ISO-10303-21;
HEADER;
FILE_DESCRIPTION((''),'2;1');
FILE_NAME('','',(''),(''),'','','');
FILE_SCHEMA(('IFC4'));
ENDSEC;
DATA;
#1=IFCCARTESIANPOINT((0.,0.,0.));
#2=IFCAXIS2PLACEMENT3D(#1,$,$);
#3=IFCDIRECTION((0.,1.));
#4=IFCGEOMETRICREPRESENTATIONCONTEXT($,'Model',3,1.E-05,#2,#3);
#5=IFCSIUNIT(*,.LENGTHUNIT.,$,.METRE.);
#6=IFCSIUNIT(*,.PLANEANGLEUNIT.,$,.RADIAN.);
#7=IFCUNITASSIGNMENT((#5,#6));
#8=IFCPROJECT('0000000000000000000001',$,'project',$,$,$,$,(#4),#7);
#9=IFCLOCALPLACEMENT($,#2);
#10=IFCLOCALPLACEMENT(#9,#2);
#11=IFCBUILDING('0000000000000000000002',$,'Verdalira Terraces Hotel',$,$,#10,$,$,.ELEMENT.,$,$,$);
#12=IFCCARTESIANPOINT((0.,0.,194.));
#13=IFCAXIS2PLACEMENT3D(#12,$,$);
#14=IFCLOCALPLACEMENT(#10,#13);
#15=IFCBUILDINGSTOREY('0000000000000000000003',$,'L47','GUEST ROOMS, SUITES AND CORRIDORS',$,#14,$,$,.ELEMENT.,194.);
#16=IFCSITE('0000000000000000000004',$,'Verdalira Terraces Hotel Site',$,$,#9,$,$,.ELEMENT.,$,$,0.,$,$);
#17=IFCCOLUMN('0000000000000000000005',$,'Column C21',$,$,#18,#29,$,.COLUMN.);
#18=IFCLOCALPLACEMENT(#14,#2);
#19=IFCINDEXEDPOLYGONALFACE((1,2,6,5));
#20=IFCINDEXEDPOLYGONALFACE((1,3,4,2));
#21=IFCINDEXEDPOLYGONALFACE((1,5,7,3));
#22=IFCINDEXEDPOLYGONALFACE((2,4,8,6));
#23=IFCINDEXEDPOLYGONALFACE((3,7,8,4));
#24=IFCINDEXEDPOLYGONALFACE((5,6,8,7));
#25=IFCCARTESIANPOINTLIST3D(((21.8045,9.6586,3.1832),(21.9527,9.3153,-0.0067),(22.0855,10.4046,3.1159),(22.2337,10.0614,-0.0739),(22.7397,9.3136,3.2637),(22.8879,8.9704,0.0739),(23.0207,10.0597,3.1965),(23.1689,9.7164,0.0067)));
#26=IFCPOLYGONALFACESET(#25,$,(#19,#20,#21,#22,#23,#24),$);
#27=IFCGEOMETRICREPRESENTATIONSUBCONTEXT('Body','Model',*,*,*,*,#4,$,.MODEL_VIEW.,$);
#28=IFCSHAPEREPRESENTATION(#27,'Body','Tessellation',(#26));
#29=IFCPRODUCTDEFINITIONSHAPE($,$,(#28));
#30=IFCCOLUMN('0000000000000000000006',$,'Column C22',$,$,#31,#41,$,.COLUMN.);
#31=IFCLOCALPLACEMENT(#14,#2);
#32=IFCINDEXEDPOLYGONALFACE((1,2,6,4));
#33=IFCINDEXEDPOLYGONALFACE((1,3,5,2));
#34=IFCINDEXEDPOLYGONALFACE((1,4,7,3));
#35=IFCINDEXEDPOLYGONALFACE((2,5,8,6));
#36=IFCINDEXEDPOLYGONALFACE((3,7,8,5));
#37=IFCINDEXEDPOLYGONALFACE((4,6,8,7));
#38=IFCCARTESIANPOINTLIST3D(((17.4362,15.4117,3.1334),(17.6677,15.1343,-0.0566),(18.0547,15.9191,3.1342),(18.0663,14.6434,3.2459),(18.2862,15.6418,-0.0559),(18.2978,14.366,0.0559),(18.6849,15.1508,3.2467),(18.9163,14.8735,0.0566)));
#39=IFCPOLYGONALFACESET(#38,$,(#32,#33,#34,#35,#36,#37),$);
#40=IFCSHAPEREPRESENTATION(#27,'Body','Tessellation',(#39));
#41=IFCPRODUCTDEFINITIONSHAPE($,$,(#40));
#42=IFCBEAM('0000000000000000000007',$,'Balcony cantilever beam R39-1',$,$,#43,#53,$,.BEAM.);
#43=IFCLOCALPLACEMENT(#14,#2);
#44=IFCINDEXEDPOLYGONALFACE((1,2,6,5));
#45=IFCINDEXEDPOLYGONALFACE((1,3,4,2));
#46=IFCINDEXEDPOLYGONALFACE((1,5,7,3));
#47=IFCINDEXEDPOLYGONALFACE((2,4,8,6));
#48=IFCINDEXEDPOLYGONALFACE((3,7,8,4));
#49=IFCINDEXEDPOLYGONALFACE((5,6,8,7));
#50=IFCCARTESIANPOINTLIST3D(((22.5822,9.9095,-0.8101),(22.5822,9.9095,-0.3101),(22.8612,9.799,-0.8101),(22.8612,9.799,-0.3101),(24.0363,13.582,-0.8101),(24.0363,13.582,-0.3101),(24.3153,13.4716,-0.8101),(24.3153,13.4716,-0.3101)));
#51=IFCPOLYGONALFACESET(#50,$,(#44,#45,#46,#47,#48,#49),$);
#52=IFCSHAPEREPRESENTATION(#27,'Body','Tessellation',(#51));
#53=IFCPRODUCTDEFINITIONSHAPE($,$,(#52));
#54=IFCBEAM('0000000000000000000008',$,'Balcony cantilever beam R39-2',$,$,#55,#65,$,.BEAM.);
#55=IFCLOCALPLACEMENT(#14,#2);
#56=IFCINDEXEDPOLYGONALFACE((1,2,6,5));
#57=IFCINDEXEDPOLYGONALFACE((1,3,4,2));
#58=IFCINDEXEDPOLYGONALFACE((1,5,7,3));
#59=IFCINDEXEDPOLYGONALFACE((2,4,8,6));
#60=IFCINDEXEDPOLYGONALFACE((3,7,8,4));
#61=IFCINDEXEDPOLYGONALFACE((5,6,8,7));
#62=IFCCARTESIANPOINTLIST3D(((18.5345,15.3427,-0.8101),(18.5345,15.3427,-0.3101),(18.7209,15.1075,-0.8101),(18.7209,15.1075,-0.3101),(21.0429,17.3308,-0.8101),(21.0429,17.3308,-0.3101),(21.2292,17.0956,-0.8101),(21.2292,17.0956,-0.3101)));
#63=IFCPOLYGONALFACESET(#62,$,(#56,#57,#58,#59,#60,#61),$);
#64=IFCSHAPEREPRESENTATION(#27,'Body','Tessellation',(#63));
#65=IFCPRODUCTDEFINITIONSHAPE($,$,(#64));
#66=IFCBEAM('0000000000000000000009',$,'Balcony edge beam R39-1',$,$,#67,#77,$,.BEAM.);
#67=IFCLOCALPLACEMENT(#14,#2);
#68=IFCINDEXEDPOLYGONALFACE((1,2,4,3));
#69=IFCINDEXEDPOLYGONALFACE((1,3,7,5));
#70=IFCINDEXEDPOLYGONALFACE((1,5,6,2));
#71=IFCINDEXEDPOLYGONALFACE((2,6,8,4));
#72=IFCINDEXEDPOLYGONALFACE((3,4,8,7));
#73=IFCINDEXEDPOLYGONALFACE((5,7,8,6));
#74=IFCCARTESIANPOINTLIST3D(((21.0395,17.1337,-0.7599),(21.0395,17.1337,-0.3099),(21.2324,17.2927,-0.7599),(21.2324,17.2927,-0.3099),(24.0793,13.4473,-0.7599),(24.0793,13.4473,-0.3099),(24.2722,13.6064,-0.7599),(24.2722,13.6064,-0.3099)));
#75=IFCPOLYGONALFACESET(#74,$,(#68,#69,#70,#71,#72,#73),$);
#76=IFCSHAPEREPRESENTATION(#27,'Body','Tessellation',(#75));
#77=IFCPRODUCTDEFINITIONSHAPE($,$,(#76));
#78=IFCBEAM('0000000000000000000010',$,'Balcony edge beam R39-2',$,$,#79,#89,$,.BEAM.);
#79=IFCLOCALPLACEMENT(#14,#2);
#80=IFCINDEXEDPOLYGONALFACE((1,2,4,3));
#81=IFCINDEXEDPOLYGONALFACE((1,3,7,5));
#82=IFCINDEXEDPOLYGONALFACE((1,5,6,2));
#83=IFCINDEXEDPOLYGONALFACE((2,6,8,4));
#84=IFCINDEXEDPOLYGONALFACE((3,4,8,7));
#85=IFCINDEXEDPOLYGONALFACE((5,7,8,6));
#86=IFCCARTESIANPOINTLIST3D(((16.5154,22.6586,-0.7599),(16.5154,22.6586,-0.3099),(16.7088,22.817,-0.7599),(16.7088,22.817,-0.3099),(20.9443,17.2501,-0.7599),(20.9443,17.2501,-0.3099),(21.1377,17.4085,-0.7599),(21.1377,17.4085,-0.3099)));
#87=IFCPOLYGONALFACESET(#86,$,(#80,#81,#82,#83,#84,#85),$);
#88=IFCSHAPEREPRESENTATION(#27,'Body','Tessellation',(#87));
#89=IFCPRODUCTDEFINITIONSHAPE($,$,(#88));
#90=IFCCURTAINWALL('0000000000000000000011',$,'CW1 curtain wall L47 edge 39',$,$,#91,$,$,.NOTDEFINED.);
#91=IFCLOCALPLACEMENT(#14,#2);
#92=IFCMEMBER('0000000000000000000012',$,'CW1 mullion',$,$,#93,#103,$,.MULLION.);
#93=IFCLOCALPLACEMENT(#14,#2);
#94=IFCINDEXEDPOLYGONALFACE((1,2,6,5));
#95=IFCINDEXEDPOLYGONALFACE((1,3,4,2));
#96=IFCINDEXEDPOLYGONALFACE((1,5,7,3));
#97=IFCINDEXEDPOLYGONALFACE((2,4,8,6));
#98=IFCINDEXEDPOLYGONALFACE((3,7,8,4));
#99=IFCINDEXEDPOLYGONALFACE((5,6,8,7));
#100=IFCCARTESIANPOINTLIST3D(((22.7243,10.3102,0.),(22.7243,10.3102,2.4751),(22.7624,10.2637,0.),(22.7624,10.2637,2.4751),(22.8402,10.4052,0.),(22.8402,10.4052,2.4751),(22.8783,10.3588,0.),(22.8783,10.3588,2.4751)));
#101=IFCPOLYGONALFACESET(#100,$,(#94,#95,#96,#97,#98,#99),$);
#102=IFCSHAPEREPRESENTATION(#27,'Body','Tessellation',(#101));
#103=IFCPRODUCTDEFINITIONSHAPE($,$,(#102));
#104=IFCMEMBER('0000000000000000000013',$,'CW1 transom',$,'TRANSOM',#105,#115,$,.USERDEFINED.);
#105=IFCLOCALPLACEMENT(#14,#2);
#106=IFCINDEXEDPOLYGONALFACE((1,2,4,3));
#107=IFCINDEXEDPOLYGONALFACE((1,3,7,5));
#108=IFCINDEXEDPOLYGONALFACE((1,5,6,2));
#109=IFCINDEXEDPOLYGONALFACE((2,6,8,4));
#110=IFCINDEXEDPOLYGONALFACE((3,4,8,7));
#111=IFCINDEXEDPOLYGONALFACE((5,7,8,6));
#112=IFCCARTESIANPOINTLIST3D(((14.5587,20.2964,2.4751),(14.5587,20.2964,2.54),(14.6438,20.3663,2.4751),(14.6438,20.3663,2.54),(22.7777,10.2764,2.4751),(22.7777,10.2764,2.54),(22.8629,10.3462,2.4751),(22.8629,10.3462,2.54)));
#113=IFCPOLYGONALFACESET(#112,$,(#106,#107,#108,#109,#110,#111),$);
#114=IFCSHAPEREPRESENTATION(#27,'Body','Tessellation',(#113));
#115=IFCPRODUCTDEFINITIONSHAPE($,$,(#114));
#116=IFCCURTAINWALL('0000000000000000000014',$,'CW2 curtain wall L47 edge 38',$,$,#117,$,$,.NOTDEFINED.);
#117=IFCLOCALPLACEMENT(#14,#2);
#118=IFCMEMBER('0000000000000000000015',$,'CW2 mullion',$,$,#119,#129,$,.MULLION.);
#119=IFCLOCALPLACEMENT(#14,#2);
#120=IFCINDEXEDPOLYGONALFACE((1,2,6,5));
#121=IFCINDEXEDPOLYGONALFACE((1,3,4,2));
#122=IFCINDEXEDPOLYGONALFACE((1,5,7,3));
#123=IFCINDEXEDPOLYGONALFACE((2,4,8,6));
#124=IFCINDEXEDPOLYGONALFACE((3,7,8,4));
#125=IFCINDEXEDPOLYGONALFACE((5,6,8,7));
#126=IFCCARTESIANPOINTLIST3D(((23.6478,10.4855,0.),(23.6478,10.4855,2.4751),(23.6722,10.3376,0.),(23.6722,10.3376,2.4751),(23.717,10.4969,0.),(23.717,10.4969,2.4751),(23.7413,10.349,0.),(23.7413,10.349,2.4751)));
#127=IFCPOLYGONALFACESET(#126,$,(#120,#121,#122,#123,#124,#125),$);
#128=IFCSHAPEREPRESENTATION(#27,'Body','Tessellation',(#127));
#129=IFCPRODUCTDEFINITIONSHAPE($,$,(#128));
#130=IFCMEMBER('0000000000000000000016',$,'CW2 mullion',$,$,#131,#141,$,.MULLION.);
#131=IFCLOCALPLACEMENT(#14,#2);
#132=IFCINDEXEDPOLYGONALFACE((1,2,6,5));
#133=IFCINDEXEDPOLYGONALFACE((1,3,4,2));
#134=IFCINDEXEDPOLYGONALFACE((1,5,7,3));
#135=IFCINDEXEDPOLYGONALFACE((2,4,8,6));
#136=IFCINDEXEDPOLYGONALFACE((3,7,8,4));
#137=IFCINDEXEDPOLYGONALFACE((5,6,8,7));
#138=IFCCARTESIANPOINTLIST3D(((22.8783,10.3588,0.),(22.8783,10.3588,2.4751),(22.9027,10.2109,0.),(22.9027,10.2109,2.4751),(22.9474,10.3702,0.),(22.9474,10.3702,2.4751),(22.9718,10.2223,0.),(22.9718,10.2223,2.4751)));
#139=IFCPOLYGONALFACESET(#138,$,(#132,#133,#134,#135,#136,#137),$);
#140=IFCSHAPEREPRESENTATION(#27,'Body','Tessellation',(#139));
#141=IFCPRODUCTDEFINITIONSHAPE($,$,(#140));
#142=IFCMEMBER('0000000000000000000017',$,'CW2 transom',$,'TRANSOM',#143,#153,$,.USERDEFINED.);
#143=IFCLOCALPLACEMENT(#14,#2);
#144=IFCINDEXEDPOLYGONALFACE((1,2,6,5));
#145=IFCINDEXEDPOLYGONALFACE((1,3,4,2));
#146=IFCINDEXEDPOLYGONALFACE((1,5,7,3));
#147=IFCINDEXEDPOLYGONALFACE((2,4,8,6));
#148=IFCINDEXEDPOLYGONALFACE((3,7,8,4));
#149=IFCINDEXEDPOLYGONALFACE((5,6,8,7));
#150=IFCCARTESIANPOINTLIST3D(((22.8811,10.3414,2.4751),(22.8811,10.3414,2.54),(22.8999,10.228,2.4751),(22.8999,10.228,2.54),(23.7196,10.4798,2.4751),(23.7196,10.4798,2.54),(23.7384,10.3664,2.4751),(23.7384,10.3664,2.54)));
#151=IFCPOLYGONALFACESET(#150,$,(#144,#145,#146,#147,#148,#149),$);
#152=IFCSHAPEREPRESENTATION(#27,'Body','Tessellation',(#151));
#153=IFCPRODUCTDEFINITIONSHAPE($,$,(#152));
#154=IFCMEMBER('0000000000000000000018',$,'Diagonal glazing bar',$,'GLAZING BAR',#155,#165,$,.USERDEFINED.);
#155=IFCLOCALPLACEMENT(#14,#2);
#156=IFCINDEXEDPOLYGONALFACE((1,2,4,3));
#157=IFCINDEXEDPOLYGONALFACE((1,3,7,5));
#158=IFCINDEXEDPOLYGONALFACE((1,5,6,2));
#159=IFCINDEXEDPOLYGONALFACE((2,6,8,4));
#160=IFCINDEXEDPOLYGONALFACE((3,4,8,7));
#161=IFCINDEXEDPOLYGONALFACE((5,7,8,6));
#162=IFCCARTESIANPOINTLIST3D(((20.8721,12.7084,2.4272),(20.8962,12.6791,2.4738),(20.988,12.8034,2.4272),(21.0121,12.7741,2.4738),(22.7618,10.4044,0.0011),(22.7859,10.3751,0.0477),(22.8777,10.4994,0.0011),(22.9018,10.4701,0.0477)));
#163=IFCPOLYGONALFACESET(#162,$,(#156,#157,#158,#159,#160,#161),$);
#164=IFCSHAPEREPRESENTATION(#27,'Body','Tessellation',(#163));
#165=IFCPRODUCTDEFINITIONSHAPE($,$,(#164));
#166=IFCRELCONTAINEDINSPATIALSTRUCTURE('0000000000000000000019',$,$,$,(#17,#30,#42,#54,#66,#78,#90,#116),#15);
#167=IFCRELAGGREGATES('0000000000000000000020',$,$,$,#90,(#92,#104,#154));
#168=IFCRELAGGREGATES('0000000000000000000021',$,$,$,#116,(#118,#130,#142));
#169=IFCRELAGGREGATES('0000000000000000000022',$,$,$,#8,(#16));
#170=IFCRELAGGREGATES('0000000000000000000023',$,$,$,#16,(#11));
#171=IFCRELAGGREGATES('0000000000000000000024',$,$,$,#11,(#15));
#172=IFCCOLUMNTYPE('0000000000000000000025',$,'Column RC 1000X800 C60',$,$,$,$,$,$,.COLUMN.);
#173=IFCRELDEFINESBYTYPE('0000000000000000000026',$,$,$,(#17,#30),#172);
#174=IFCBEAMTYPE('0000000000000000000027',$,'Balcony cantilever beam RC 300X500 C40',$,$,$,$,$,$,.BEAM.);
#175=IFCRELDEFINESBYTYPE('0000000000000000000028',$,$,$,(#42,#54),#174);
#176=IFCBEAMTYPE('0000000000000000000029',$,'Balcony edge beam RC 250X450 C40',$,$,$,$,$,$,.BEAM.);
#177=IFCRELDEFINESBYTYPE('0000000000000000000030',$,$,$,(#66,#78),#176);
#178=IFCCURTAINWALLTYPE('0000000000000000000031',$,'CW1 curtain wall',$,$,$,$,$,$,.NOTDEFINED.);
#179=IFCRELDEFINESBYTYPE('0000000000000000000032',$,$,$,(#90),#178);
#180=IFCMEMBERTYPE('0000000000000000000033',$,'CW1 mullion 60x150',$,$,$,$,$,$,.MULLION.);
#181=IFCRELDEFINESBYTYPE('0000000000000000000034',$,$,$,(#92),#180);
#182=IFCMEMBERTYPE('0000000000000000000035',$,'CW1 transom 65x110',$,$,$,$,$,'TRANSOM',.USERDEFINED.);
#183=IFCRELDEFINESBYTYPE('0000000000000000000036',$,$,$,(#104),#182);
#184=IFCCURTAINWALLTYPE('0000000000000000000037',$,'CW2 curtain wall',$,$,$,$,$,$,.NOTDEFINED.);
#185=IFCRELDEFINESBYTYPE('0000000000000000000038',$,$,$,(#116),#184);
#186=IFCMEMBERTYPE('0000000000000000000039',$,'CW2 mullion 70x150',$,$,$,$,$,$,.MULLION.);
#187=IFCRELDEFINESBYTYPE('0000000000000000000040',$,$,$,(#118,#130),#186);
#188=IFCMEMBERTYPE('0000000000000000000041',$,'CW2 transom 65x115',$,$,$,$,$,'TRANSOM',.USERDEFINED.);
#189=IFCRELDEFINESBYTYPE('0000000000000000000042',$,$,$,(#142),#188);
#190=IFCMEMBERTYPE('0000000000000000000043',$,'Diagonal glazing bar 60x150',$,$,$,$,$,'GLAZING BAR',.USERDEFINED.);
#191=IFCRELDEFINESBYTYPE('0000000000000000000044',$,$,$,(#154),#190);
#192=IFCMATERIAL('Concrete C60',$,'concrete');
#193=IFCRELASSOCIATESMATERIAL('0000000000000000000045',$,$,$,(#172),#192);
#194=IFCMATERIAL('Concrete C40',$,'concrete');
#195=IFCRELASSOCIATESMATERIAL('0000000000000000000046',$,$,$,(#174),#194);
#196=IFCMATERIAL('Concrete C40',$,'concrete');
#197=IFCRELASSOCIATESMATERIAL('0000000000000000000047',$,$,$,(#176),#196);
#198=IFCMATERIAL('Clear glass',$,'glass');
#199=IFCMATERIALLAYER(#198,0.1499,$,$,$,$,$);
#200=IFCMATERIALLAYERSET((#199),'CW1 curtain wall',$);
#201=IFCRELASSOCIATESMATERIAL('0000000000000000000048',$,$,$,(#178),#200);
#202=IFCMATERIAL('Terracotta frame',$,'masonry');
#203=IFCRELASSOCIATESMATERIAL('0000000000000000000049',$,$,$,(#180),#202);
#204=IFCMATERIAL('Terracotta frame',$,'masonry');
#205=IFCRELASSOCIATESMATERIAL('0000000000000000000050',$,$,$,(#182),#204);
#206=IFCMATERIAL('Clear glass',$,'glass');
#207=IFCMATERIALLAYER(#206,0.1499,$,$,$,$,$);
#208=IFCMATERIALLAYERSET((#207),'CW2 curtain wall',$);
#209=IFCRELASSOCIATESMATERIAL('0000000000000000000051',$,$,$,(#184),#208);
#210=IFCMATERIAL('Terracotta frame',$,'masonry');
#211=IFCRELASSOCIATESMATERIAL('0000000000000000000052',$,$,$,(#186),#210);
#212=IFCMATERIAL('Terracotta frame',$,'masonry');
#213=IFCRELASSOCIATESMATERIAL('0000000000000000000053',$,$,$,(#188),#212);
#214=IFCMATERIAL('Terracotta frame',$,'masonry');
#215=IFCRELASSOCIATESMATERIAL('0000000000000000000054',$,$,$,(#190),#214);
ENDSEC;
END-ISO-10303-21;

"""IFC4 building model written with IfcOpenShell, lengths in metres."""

from ifc_helpers import new_model, si_unit, direction, frame, origin, origin_2d, place, context, subcontext, project, spatial, rectangle, extrude, material, layer, layer_set, material_profile, profile_set, type_object, element, aggregate, save


model = new_model("IFC4")

# Units and contexts
model_context = context("Model", 3, precision=1e-05, world=origin(), true_north=direction((0.0, 1.0)))
body_context = subcontext(model_context, "Body", "Model", "MODEL_VIEW")
ifc_project = project(units=[si_unit("LENGTHUNIT", "METRE"), si_unit("PLANEANGLEUNIT", "RADIAN")], contexts=[model_context])

# Site, building, storey
site_placement = place(None, origin())
site = spatial("IfcSite", under=ifc_project, at=site_placement, Name="Verdalira Terraces Hotel Site", CompositionType="ELEMENT", RefElevation=0.0)
building_placement = place(site_placement, origin())
building = spatial("IfcBuilding", under=site, at=building_placement, Name="Verdalira Terraces Hotel", CompositionType="ELEMENT")
storey_placement = place(building_placement, frame((0.0, 0.0, 194.0)))
storey = spatial("IfcBuildingStorey", under=building, at=storey_placement, Name="L47", Description="GUEST ROOMS, SUITES AND CORRIDORS", CompositionType="ELEMENT", Elevation=194.0)

# Columns
ifc_material_1 = material(Name="Concrete C60", Category="concrete")
ifc_material_profile_1 = material_profile(ifc_material_1, rectangle(XDim=1.0, YDim=0.8, at=origin_2d()), Name="RC 1000X800")
ifc_profile_set_1 = profile_set([ifc_material_profile_1], Name="Concrete C60")
column_type = type_object("IfcColumnType", Name="Column RC 1000X800 C60", PredefinedType="COLUMN", material=ifc_profile_set_1)
column_1_placement = place(storey_placement, frame((22.5608, 9.5159, 0.0), z_axis=(-0.046141, 0.106876, 0.993201), x_axis=(0.935153, -0.344962, 0.080564)))
element("IfcColumn", 1, at=column_1_placement, inside=storey, type_object=column_type, Name="Column C21", PredefinedType="COLUMN", context=body_context, shape_type="SweptSolid", body=[
    extrude(rectangle(XDim=1.0, YDim=0.8, at=origin_2d()), origin(), (0.0, 0.0, 1.0), 3.2117),
])
column_2_placement = place(storey_placement, frame((18.292, 15.0039, 0.0), z_axis=(-0.072094, 0.086391, 0.993649), x_axis=(-0.630151, 0.768277, -0.112517)))
element("IfcColumn", 2, at=column_2_placement, inside=storey, type_object=column_type, Name="Column C22", PredefinedType="COLUMN", context=body_context, shape_type="SweptSolid", body=[
    extrude(rectangle(XDim=1.0, YDim=0.8, at=origin_2d()), origin(), (0.0, 0.0, 1.0), 3.2104),
])

# Beams
ifc_material_2 = material(Name="Concrete C40", Category="concrete")
ifc_material_profile_2 = material_profile(ifc_material_2, rectangle(XDim=0.3, YDim=0.5, at=origin_2d()), Name="RC 300X500")
ifc_profile_set_2 = profile_set([ifc_material_profile_2], Name="Concrete C40")
beam_type_1 = type_object("IfcBeamType", Name="Balcony cantilever beam RC 300X500 C40", PredefinedType="BEAM", material=ifc_profile_set_2)
beam_1_placement = place(storey_placement, frame((22.7217, 9.8542, -0.5601), z_axis=(0.368127, 0.929775, 0.0), x_axis=(-0.929775, 0.368127, 0.0)))
element("IfcBeam", 3, at=beam_1_placement, inside=storey, type_object=beam_type_1, Name="Balcony cantilever beam R39-1", PredefinedType="BEAM", context=body_context, shape_type="SweptSolid", body=[
    extrude(rectangle(XDim=0.3, YDim=0.5, at=origin_2d()), origin(), (0.0, 0.0, 1.0), 3.95),
])
beam_2_placement = place(storey_placement, frame((18.6277, 15.2251, -0.5601), z_axis=(0.783696, 0.621144, 0.0), x_axis=(-0.621144, 0.783696, 0.0)))
element("IfcBeam", 4, at=beam_2_placement, inside=storey, type_object=beam_type_1, Name="Balcony cantilever beam R39-2", PredefinedType="BEAM", context=body_context, shape_type="SweptSolid", body=[
    extrude(rectangle(XDim=0.3, YDim=0.5, at=origin_2d()), origin(), (0.0, 0.0, 1.0), 3.2007),
])
ifc_material_3 = material(Name="Concrete C40", Category="concrete")
ifc_material_profile_3 = material_profile(ifc_material_3, rectangle(XDim=0.25, YDim=0.45, at=origin_2d()), Name="RC 250X450")
ifc_profile_set_3 = profile_set([ifc_material_profile_3], Name="Concrete C40")
beam_type_2 = type_object("IfcBeamType", Name="Balcony edge beam RC 250X450 C40", PredefinedType="BEAM", material=ifc_profile_set_3)
beam_3_placement = place(storey_placement, frame((24.1758, 13.5269, -0.5349), z_axis=(-0.63621, 0.771516, 0.0), x_axis=(-0.771516, -0.63621, 0.0)))
element("IfcBeam", 5, at=beam_3_placement, inside=storey, type_object=beam_type_2, Name="Balcony edge beam R39-1", PredefinedType="BEAM", context=body_context, shape_type="SweptSolid", body=[
    extrude(rectangle(XDim=0.25, YDim=0.45, at=origin_2d()), origin(), (0.0, 0.0, 1.0), 4.7781),
])
beam_4_placement = place(storey_placement, frame((21.041, 17.3293, -0.5349), z_axis=(-0.633569, 0.773686, 0.0), x_axis=(-0.773686, -0.633569, 0.0)))
element("IfcBeam", 6, at=beam_4_placement, inside=storey, type_object=beam_type_2, Name="Balcony edge beam R39-2", PredefinedType="BEAM", context=body_context, shape_type="SweptSolid", body=[
    extrude(rectangle(XDim=0.25, YDim=0.45, at=origin_2d()), origin(), (0.0, 0.0, 1.0), 6.9905),
])

# Curtain walls, members
ifc_material_4 = material(Name="Clear glass", Category="glass")
ifc_layer_1 = layer(ifc_material_4, 0.1499)
ifc_layer_set_1 = layer_set([ifc_layer_1], Name="CW1 curtain wall")
curtain_wall_type_1 = type_object("IfcCurtainWallType", Name="CW1 curtain wall", PredefinedType="NOTDEFINED", material=ifc_layer_set_1)
curtain_wall_1_placement = place(storey_placement, origin())
curtain_wall_1 = element("IfcCurtainWall", 7, at=curtain_wall_1_placement, inside=storey, type_object=curtain_wall_type_1, Name="CW1 curtain wall L47 edge 39", PredefinedType="NOTDEFINED")
ifc_material_5 = material(Name="Terracotta frame", Category="masonry")
ifc_material_profile_4 = material_profile(ifc_material_5, rectangle(XDim=0.0601, YDim=0.1499, at=origin_2d()), Name="MU 60x150")
ifc_profile_set_4 = profile_set([ifc_material_profile_4], Name="Terracotta frame")
member_type_1 = type_object("IfcMemberType", Name="CW1 mullion 60x150", PredefinedType="MULLION", material=ifc_profile_set_4)
member_1_placement = place(storey_placement, frame((22.8013, 10.3345, 0.0), z_axis=(0.0, 0.0, 1.0), x_axis=(-0.634191, 0.773177, 0.0)))
member_1 = element("IfcMember", 8, at=member_1_placement, type_object=member_type_1, Name="CW1 mullion", PredefinedType="MULLION", context=body_context, shape_type="SweptSolid", body=[
    extrude(rectangle(XDim=0.0601, YDim=0.1499, at=origin_2d()), origin(), (0.0, 0.0, 1.0), 2.4751),
])
ifc_material_6 = material(Name="Terracotta frame", Category="masonry")
ifc_material_profile_5 = material_profile(ifc_material_6, rectangle(XDim=0.1101, YDim=0.0649, at=origin_2d()), Name="TR 65x110")
ifc_profile_set_5 = profile_set([ifc_material_profile_5], Name="Terracotta frame")
member_type_2 = type_object("IfcMemberType", Name="CW1 transom 65x110", ElementType="TRANSOM", PredefinedType="USERDEFINED", material=ifc_profile_set_5)
member_2_placement = place(storey_placement, frame((22.8203, 10.3113, 2.5076), z_axis=(-0.634199, 0.77317, 0.0), x_axis=(-0.77317, -0.634199, 0.0)))
member_2 = element("IfcMember", 9, at=member_2_placement, type_object=member_type_2, Name="CW1 transom", ObjectType="TRANSOM", PredefinedType="USERDEFINED", context=body_context, shape_type="SweptSolid", body=[
    extrude(rectangle(XDim=0.1101, YDim=0.0649, at=origin_2d()), origin(), (0.0, 0.0, 1.0), 12.9597),
])
ifc_material_7 = material(Name="Clear glass", Category="glass")
ifc_layer_2 = layer(ifc_material_7, 0.1499)
ifc_layer_set_2 = layer_set([ifc_layer_2], Name="CW2 curtain wall")
curtain_wall_type_2 = type_object("IfcCurtainWallType", Name="CW2 curtain wall", PredefinedType="NOTDEFINED", material=ifc_layer_set_2)
curtain_wall_2_placement = place(storey_placement, origin())
curtain_wall_2 = element("IfcCurtainWall", 10, at=curtain_wall_2_placement, inside=storey, type_object=curtain_wall_type_2, Name="CW2 curtain wall L47 edge 38", PredefinedType="NOTDEFINED")
ifc_material_8 = material(Name="Terracotta frame", Category="masonry")
ifc_material_profile_6 = material_profile(ifc_material_8, rectangle(XDim=0.0701, YDim=0.1499, at=origin_2d()), Name="MU 70x150")
ifc_profile_set_6 = profile_set([ifc_material_profile_6], Name="Terracotta frame")
member_type_3 = type_object("IfcMemberType", Name="CW2 mullion 70x150", PredefinedType="MULLION", material=ifc_profile_set_6)
member_3_placement = place(storey_placement, frame((23.6946, 10.4172, 0.0), z_axis=(0.0, 0.0, 1.0), x_axis=(-0.986686, -0.162637, 0.0)))
member_3 = element("IfcMember", 11, at=member_3_placement, type_object=member_type_3, Name="CW2 mullion", PredefinedType="MULLION", context=body_context, shape_type="SweptSolid", body=[
    extrude(rectangle(XDim=0.0701, YDim=0.1499, at=origin_2d()), origin(), (0.0, 0.0, 1.0), 2.4751),
])
member_4_placement = place(storey_placement, frame((22.925, 10.2905, 0.0), z_axis=(0.0, 0.0, 1.0), x_axis=(-0.986686, -0.162637, 0.0)))
member_4 = element("IfcMember", 12, at=member_4_placement, type_object=member_type_3, Name="CW2 mullion", PredefinedType="MULLION", context=body_context, shape_type="SweptSolid", body=[
    extrude(rectangle(XDim=0.0701, YDim=0.1499, at=origin_2d()), origin(), (0.0, 0.0, 1.0), 2.4751),
])
ifc_material_9 = material(Name="Terracotta frame", Category="masonry")
ifc_material_profile_7 = material_profile(ifc_material_9, rectangle(XDim=0.115, YDim=0.0649, at=origin_2d()), Name="TR 65x115")
ifc_profile_set_7 = profile_set([ifc_material_profile_7], Name="Terracotta frame")
member_type_4 = type_object("IfcMemberType", Name="CW2 transom 65x115", ElementType="TRANSOM", PredefinedType="USERDEFINED", material=ifc_profile_set_7)
member_5_placement = place(storey_placement, frame((23.729, 10.4231, 2.5076), z_axis=(-0.986649, -0.162862, 0.0), x_axis=(0.162862, -0.986649, 0.0)))
member_5 = element("IfcMember", 13, at=member_5_placement, type_object=member_type_4, Name="CW2 transom", ObjectType="TRANSOM", PredefinedType="USERDEFINED", context=body_context, shape_type="SweptSolid", body=[
    extrude(rectangle(XDim=0.115, YDim=0.0649, at=origin_2d()), origin(), (0.0, 0.0, 1.0), 0.8499),
])

# Member
ifc_material_10 = material(Name="Terracotta frame", Category="masonry")
ifc_material_profile_8 = material_profile(ifc_material_10, rectangle(XDim=0.1499, YDim=0.0601, at=origin_2d()), Name="GB 60x150")
ifc_profile_set_8 = profile_set([ifc_material_profile_8], Name="Terracotta frame")
member_type_5 = type_object("IfcMemberType", Name="Diagonal glazing bar 60x150", ElementType="GLAZING BAR", PredefinedType="USERDEFINED", material=ifc_profile_set_8)
member_6_placement = place(storey_placement, frame((22.8318, 10.4373, 0.0244), z_axis=(-0.49178, 0.599603, 0.631371), x_axis=(-0.773201, -0.634161, 0.0)))
member_6 = element("IfcMember", 14, at=member_6_placement, type_object=member_type_5, Name="Diagonal glazing bar", ObjectType="GLAZING BAR", PredefinedType="USERDEFINED", context=body_context, shape_type="SweptSolid", body=[
    extrude(rectangle(XDim=0.1499, YDim=0.0601, at=origin_2d()), origin(), (0.0, 0.0, 1.0), 3.8425),
])

aggregate(curtain_wall_1, [member_1, member_2, member_6])
aggregate(curtain_wall_2, [member_3, member_4, member_5])

save(model, "model.ifc")
